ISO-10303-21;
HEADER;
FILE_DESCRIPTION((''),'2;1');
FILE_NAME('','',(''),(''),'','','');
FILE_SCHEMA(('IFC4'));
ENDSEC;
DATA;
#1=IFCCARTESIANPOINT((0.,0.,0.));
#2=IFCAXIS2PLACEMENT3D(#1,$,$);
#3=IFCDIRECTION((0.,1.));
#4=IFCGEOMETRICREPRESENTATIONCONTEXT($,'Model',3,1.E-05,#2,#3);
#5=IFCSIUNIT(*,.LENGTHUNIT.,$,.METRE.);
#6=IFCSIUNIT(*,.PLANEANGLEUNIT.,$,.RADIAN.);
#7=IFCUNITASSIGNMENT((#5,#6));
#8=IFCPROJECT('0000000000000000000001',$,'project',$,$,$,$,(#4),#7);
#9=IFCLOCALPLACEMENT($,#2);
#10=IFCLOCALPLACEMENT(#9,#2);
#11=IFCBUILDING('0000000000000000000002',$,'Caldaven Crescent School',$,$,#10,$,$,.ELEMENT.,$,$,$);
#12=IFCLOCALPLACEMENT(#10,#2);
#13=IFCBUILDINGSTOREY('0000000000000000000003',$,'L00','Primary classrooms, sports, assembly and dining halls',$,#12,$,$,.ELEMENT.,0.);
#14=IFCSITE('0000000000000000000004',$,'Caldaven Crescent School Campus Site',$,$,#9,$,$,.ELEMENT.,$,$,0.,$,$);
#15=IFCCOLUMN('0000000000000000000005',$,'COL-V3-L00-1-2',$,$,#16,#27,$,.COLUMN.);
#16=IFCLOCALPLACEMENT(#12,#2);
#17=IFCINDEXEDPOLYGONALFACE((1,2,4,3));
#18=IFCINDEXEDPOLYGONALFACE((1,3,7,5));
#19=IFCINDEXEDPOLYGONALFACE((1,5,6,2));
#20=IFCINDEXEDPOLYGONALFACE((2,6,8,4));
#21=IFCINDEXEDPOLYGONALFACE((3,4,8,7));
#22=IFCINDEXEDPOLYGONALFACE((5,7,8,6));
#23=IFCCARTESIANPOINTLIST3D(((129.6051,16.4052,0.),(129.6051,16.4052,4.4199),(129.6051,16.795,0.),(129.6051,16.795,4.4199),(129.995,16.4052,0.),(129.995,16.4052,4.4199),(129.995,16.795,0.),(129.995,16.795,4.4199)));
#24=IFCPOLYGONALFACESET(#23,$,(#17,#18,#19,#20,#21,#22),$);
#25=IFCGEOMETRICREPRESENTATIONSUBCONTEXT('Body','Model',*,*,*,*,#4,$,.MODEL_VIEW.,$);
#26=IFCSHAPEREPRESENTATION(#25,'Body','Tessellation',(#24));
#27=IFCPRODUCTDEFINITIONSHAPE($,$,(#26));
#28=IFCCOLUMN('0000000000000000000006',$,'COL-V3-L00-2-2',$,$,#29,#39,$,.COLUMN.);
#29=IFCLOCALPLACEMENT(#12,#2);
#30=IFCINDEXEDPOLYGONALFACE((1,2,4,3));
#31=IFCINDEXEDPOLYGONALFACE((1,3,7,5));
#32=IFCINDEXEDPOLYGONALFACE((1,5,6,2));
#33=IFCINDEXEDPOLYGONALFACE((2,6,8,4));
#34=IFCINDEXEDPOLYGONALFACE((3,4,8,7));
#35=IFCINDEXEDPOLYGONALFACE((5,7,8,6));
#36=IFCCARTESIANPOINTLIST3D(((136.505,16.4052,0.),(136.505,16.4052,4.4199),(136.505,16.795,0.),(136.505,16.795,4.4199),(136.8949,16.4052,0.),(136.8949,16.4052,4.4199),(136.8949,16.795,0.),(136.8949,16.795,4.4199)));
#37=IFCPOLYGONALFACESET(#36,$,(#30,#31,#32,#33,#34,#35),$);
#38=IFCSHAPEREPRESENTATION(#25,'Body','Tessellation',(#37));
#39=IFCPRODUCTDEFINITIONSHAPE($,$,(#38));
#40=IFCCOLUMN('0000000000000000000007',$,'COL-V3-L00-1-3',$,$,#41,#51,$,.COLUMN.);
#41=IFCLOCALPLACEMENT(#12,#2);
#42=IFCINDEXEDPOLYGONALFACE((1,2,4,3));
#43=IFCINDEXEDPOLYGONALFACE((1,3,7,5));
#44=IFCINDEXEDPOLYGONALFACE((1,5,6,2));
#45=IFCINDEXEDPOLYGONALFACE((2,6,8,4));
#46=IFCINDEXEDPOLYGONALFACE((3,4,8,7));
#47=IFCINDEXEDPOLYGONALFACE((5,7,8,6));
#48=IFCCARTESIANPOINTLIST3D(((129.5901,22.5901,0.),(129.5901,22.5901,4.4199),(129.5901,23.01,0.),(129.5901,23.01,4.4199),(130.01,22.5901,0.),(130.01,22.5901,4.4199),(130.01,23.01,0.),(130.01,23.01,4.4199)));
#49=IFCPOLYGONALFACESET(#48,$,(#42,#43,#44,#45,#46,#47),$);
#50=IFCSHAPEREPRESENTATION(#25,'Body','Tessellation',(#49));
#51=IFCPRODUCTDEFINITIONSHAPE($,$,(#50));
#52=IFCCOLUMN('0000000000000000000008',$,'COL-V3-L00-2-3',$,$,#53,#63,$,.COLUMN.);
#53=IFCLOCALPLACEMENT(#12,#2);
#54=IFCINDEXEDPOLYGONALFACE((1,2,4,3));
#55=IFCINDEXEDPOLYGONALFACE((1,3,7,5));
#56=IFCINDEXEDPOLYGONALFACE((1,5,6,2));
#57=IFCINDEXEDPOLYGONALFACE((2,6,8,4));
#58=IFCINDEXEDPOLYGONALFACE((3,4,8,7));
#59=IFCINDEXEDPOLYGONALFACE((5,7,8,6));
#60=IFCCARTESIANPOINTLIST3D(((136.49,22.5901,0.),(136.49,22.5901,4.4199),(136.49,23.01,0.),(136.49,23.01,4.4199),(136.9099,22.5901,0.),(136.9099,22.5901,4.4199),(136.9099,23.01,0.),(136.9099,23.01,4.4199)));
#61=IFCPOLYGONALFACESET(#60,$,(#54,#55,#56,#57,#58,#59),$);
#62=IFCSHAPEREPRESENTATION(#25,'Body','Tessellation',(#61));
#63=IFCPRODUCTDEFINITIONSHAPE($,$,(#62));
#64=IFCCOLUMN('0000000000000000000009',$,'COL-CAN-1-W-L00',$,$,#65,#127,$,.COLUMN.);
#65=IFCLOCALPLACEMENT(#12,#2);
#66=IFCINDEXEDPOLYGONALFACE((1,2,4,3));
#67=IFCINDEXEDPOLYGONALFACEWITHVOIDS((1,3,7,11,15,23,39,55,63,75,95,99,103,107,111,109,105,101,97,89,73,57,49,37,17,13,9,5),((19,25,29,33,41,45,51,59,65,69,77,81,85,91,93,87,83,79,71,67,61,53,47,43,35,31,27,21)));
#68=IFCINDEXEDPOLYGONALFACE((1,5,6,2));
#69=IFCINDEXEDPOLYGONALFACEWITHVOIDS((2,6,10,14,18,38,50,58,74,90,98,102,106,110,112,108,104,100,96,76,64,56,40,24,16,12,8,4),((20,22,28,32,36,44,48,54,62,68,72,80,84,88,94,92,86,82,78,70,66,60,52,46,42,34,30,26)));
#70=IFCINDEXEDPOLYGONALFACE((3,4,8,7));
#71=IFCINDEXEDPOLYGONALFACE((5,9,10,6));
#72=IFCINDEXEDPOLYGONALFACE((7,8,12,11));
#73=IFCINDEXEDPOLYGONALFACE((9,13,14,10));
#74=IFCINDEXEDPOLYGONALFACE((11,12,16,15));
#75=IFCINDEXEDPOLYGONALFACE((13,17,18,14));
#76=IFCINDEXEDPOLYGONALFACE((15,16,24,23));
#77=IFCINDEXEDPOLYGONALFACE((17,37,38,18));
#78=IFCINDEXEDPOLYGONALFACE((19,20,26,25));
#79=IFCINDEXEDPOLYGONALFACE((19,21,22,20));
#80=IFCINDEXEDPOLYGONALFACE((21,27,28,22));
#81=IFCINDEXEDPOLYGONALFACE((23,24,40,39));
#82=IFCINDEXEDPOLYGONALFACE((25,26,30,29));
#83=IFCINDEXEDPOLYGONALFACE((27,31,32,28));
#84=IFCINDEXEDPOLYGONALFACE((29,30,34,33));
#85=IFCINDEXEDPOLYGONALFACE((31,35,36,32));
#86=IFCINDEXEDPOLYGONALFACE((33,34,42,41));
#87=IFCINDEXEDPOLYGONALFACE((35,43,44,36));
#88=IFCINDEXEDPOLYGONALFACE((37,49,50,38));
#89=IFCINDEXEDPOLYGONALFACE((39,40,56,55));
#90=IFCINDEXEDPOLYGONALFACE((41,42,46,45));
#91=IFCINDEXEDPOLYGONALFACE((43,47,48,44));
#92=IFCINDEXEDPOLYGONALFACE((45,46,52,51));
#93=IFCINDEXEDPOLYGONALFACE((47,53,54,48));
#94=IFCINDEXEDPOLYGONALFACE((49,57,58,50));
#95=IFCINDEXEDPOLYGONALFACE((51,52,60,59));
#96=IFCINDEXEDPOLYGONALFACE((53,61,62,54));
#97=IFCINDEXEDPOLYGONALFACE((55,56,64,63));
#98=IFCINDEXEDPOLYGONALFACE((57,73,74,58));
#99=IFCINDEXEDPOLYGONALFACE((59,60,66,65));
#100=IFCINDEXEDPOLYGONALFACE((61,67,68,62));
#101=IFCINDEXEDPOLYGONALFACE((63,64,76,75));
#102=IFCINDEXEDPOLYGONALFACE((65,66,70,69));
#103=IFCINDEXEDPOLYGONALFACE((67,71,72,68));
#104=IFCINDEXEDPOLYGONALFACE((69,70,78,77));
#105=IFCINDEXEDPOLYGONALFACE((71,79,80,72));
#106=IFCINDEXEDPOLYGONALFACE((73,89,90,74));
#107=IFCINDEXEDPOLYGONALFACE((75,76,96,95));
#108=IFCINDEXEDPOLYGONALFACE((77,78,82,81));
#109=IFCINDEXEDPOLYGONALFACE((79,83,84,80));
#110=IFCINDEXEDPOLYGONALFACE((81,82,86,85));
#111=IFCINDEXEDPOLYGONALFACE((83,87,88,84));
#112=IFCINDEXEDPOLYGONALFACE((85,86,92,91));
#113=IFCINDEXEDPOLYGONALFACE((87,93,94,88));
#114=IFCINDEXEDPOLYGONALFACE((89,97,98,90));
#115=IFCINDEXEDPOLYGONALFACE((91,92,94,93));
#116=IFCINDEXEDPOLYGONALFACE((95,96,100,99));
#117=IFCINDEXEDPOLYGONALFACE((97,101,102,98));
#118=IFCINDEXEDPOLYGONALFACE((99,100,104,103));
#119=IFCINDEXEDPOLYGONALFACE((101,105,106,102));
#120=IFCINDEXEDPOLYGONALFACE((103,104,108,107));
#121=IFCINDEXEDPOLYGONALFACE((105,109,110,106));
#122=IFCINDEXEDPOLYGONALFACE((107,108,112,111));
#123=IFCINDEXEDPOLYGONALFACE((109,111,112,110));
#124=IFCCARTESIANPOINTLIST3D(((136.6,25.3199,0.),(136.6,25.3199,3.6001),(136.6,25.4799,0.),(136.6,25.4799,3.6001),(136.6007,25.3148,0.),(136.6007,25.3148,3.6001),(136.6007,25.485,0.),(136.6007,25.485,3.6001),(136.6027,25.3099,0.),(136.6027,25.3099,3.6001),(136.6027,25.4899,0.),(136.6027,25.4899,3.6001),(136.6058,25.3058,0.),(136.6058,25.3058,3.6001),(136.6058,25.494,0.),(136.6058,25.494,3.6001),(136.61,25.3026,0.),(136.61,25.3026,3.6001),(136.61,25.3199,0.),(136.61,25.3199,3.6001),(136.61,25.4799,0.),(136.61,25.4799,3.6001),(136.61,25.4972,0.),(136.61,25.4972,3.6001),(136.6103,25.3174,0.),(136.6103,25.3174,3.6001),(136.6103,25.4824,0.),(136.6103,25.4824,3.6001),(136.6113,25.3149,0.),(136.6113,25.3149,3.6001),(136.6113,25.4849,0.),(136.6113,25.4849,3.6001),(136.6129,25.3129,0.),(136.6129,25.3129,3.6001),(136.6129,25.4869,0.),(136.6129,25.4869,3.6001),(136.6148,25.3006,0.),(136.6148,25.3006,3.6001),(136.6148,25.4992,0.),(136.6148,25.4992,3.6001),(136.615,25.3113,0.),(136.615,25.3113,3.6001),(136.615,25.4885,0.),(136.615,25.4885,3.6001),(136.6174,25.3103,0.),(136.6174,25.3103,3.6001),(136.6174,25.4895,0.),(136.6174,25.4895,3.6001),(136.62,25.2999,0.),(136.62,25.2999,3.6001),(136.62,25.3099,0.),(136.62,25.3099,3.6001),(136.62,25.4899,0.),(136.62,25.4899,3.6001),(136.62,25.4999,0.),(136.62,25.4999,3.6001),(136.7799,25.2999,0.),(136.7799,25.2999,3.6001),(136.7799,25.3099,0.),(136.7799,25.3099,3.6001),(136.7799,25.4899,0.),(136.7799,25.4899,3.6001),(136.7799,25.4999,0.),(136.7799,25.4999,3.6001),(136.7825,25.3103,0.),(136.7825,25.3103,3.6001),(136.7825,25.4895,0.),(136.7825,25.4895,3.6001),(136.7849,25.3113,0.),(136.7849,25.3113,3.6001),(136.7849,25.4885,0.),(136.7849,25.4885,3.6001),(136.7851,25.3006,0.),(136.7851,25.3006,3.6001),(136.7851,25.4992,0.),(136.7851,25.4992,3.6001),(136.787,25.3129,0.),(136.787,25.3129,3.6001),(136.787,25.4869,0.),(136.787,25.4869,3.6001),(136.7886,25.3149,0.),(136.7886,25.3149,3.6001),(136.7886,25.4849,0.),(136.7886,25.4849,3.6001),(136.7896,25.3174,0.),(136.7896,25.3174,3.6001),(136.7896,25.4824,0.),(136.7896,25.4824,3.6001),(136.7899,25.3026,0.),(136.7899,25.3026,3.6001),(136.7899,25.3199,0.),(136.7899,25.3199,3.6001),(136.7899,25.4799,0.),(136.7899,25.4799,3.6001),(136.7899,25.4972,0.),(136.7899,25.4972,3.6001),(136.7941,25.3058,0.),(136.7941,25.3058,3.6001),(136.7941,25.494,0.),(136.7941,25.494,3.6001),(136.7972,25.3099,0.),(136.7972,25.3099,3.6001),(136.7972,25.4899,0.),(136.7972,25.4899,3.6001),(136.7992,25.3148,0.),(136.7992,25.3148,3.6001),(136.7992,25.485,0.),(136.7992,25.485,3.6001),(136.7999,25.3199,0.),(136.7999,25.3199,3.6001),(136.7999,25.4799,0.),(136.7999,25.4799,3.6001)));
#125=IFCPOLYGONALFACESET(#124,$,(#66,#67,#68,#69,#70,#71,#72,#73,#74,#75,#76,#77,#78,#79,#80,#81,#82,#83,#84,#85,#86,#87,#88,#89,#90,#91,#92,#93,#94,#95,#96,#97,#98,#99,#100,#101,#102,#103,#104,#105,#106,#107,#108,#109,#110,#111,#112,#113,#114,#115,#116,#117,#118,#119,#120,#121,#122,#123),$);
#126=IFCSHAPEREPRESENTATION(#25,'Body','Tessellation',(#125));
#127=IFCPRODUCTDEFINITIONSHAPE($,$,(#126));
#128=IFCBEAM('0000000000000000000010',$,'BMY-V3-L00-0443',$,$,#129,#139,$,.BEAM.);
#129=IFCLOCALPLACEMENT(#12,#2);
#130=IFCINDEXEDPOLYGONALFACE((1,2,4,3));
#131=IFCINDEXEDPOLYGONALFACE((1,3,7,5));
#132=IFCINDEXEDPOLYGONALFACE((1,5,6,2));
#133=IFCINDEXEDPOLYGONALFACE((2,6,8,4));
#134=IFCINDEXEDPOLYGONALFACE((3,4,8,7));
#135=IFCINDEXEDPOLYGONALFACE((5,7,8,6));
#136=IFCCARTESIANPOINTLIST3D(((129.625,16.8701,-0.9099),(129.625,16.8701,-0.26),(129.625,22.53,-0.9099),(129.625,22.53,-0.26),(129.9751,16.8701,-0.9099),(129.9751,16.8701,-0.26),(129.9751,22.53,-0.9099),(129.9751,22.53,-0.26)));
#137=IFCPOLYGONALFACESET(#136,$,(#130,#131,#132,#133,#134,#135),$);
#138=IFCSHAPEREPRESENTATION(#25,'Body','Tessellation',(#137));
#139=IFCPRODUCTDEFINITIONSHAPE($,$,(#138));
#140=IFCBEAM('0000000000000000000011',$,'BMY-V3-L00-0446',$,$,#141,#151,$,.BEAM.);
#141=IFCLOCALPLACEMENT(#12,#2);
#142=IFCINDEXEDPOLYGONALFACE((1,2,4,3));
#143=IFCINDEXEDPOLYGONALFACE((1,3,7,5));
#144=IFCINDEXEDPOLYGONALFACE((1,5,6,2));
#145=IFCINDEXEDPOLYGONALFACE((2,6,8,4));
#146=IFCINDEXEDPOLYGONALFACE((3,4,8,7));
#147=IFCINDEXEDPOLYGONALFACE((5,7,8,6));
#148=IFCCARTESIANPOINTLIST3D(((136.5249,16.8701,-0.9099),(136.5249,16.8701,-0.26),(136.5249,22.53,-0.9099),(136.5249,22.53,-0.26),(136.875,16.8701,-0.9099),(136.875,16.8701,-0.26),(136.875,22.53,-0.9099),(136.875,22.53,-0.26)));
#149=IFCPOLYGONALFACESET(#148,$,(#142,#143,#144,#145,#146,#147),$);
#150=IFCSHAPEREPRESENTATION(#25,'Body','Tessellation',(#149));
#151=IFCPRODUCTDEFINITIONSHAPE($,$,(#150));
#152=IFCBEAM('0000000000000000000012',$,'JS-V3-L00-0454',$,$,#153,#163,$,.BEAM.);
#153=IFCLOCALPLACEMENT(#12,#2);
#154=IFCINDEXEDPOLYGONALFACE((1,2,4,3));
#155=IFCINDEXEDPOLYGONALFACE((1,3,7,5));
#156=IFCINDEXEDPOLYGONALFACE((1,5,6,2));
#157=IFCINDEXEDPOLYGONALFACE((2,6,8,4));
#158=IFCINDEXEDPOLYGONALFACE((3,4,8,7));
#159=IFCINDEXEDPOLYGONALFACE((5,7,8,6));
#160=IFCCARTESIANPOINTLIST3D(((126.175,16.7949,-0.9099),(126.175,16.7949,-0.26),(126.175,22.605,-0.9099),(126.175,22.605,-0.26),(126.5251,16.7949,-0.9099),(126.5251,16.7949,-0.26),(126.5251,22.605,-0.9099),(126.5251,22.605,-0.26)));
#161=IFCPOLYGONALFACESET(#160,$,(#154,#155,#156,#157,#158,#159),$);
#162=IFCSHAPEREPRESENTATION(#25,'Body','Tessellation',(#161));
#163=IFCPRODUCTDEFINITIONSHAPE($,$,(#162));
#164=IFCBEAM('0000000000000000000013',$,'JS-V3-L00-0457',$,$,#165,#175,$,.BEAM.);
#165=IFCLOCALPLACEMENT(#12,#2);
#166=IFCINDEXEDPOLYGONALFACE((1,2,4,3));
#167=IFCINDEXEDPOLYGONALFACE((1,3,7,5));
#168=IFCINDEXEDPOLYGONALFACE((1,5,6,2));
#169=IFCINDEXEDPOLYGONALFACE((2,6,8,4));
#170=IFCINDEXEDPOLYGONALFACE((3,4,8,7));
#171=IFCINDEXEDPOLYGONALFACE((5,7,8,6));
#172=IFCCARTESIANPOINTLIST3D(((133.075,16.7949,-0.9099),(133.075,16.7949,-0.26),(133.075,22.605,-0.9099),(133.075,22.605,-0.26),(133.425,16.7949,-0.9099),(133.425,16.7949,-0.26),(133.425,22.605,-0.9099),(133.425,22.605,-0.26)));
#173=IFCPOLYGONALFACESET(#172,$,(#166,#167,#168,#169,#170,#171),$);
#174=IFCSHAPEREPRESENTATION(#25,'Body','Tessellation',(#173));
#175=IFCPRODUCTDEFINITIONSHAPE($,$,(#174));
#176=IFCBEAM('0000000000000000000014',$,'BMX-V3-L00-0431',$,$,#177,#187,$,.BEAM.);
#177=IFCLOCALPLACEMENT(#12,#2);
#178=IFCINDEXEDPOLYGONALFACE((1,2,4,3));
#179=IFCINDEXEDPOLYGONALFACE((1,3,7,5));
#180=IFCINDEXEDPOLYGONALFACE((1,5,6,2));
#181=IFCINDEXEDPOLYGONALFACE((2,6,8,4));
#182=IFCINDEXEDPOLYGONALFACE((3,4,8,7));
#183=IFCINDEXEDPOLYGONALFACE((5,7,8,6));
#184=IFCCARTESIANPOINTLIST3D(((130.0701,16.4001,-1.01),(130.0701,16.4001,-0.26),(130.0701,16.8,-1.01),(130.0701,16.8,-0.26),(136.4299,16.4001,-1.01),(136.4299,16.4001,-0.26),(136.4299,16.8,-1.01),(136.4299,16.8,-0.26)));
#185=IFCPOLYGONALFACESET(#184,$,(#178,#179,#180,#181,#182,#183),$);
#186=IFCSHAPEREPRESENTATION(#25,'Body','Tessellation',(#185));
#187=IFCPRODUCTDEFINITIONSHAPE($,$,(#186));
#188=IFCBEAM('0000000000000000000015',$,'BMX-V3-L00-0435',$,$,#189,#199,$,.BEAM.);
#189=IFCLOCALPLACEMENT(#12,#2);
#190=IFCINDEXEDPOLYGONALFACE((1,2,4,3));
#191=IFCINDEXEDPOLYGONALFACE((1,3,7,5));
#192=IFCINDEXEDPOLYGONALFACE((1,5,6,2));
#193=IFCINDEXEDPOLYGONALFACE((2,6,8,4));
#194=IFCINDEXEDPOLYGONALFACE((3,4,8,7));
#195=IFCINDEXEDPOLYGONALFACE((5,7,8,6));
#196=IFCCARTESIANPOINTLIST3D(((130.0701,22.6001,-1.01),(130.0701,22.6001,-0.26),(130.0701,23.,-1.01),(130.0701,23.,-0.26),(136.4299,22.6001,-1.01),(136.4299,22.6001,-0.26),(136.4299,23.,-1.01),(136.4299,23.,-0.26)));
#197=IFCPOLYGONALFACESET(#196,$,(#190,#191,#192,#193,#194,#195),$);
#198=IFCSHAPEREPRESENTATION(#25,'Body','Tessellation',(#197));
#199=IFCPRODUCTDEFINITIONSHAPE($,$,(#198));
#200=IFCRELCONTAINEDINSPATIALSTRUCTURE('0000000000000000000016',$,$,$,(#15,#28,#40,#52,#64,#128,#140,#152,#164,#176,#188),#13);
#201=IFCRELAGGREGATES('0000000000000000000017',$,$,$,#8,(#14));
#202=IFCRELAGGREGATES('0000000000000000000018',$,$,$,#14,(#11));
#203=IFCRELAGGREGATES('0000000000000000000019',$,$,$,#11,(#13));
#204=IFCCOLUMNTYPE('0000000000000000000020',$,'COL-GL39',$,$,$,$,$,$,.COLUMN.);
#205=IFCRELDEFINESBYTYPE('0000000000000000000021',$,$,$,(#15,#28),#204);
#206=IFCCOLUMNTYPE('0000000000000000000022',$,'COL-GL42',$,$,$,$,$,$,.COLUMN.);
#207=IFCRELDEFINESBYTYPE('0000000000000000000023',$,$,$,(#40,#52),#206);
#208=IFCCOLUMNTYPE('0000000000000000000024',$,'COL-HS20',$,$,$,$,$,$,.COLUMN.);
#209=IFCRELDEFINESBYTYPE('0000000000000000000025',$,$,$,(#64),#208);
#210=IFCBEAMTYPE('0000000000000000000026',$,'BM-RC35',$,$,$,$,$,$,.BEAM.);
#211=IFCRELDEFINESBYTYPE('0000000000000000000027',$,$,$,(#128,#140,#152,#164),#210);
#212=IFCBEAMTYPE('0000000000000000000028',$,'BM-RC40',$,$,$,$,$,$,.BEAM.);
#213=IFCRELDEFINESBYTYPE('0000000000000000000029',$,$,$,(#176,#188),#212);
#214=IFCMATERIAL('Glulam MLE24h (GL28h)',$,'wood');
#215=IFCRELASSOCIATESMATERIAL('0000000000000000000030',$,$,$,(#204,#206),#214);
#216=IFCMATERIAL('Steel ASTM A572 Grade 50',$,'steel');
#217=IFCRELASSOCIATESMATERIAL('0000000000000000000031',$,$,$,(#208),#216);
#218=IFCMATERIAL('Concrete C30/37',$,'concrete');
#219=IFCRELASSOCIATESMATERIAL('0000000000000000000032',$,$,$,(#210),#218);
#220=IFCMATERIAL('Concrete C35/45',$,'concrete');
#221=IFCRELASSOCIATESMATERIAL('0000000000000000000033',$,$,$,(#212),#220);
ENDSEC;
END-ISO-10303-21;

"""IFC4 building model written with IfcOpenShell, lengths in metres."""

from ifc_helpers import new_model, si_unit, direction, frame, origin, origin_2d, place, context, subcontext, project, spatial, rectangle, hollow_rectangle, extrude, material, material_profile, profile_set, type_object, element, save


model = new_model("IFC4")

# Units and contexts
model_context = context("Model", 3, precision=1e-05, world=origin(), true_north=direction((0.0, 1.0)))
body_context = subcontext(model_context, "Body", "Model", "MODEL_VIEW")
ifc_project = project(units=[si_unit("LENGTHUNIT", "METRE"), si_unit("PLANEANGLEUNIT", "RADIAN")], contexts=[model_context])

# Site, building, storey
site_placement = place(None, origin())
site = spatial("IfcSite", under=ifc_project, at=site_placement, Name="Caldaven Crescent School Campus Site", CompositionType="ELEMENT", RefElevation=0.0)
building_placement = place(site_placement, origin())
building = spatial("IfcBuilding", under=site, at=building_placement, Name="Caldaven Crescent School", CompositionType="ELEMENT")
storey_placement = place(building_placement, origin())
storey = spatial("IfcBuildingStorey", under=building, at=storey_placement, Name="L00", Description="Primary classrooms, sports, assembly and dining halls", CompositionType="ELEMENT", Elevation=0.0)

# Columns
ifc_material_1 = material(Name="Glulam MLE24h (GL28h)", Category="wood")
ifc_material_profile_1 = material_profile(ifc_material_1, rectangle(XDim=0.3899, YDim=0.3899, at=origin_2d()), Name="MLE 390x390")
ifc_profile_set_1 = profile_set([ifc_material_profile_1], Name="Glulam MLE24h (GL28h)")
column_type_1 = type_object("IfcColumnType", Name="COL-GL39", PredefinedType="COLUMN", material=ifc_profile_set_1)
for number, where, z_axis, x_axis, name in (
    (1, (129.8, 16.6001, 0.0), (0.0, 0.0, 1.0), (1.0, 0.0, 0.0), "COL-V3-L00-1-2"),
    (2, (136.7, 16.6001, 0.0), (0.0, 0.0, 1.0), (1.0, 0.0, 0.0), "COL-V3-L00-2-2"),
):
    element("IfcColumn", number, at=place(storey_placement, frame(where, z_axis=z_axis, x_axis=x_axis)), inside=storey, type_object=column_type_1, Name=name, PredefinedType="COLUMN", context=body_context, shape_type="SweptSolid", body=[
        extrude(rectangle(XDim=0.3899, YDim=0.3899, at=origin_2d()), origin(), (0.0, 0.0, 1.0), 4.4199),
    ])
ifc_material_profile_2 = material_profile(ifc_material_1, rectangle(XDim=0.4199, YDim=0.4199, at=origin_2d()), Name="MLE 420x420")
ifc_profile_set_2 = profile_set([ifc_material_profile_2], Name="Glulam MLE24h (GL28h)")
column_type_2 = type_object("IfcColumnType", Name="COL-GL42", PredefinedType="COLUMN", material=ifc_profile_set_2)
for number, where, z_axis, x_axis, name in (
    (3, (129.8, 22.8, 0.0), (0.0, 0.0, 1.0), (1.0, 0.0, 0.0), "COL-V3-L00-1-3"),
    (4, (136.7, 22.8, 0.0), (0.0, 0.0, 1.0), (1.0, 0.0, 0.0), "COL-V3-L00-2-3"),
):
    element("IfcColumn", number, at=place(storey_placement, frame(where, z_axis=z_axis, x_axis=x_axis)), inside=storey, type_object=column_type_2, Name=name, PredefinedType="COLUMN", context=body_context, shape_type="SweptSolid", body=[
        extrude(rectangle(XDim=0.4199, YDim=0.4199, at=origin_2d()), origin(), (0.0, 0.0, 1.0), 4.4199),
    ])
ifc_material_2 = material(Name="Steel ASTM A572 Grade 50", Category="steel")
ifc_material_profile_3 = material_profile(ifc_material_2, hollow_rectangle(XDim=0.2, YDim=0.2, WallThickness=0.01, InnerFilletRadius=0.01, OuterFilletRadius=0.02, at=origin_2d()), Name="HSS 200x200x10")
ifc_profile_set_3 = profile_set([ifc_material_profile_3], Name="Steel ASTM A572 Grade 50")
column_type_3 = type_object("IfcColumnType", Name="COL-HS20", PredefinedType="COLUMN", material=ifc_profile_set_3)
column_placement = place(storey_placement, frame((136.7, 25.3999, 0.0), z_axis=(0.0, 0.0, 1.0), x_axis=(1.0, 0.0, 0.0)))
element("IfcColumn", 5, at=column_placement, inside=storey, type_object=column_type_3, Name="COL-CAN-1-W-L00", PredefinedType="COLUMN", context=body_context, shape_type="SweptSolid", body=[
    extrude(hollow_rectangle(XDim=0.2, YDim=0.2, WallThickness=0.01, InnerFilletRadius=0.01, OuterFilletRadius=0.02, at=origin_2d()), origin(), (0.0, 0.0, 1.0), 3.6001),
])

# Beams
ifc_material_3 = material(Name="Concrete C30/37", Category="concrete")
ifc_material_profile_4 = material_profile(ifc_material_3, rectangle(XDim=0.3501, YDim=0.6499, at=origin_2d()), Name="RC 350x650")
ifc_profile_set_4 = profile_set([ifc_material_profile_4], Name="Concrete C30/37")
beam_type_1 = type_object("IfcBeamType", Name="BM-RC35", PredefinedType="BEAM", material=ifc_profile_set_4)
for number, where, z_axis, x_axis, name in (
    (6, (129.8, 16.8701, -0.585), (0.0, 1.0, 0.0), (-1.0, 0.0, 0.0), "BMY-V3-L00-0443"),
    (7, (136.7, 16.8701, -0.585), (0.0, 1.0, 0.0), (-1.0, 0.0, 0.0), "BMY-V3-L00-0446"),
):
    element("IfcBeam", number, at=place(storey_placement, frame(where, z_axis=z_axis, x_axis=x_axis)), inside=storey, type_object=beam_type_1, Name=name, PredefinedType="BEAM", context=body_context, shape_type="SweptSolid", body=[
        extrude(rectangle(XDim=0.3501, YDim=0.6499, at=origin_2d()), origin(), (0.0, 0.0, 1.0), 5.6599),
    ])
for number, where, z_axis, x_axis, name in (
    (8, (126.3501, 16.7949, -0.585), (0.0, 1.0, 0.0), (-1.0, 0.0, 0.0), "JS-V3-L00-0454"),
    (9, (133.25, 16.7949, -0.585), (0.0, 1.0, 0.0), (-1.0, 0.0, 0.0), "JS-V3-L00-0457"),
):
    element("IfcBeam", number, at=place(storey_placement, frame(where, z_axis=z_axis, x_axis=x_axis)), inside=storey, type_object=beam_type_1, Name=name, PredefinedType="BEAM", context=body_context, shape_type="SweptSolid", body=[
        extrude(rectangle(XDim=0.3501, YDim=0.6499, at=origin_2d()), origin(), (0.0, 0.0, 1.0), 5.8101),
    ])
ifc_material_4 = material(Name="Concrete C35/45", Category="concrete")
ifc_material_profile_5 = material_profile(ifc_material_4, rectangle(XDim=0.3999, YDim=0.75, at=origin_2d()), Name="RC 400x750")
ifc_profile_set_5 = profile_set([ifc_material_profile_5], Name="Concrete C35/45")
beam_type_2 = type_object("IfcBeamType", Name="BM-RC40", PredefinedType="BEAM", material=ifc_profile_set_5)
for number, where, z_axis, x_axis, name in (
    (10, (130.0701, 16.6001, -0.635), (1.0, 0.0, 0.0), (0.0, 1.0, 0.0), "BMX-V3-L00-0431"),
    (11, (130.0701, 22.8, -0.635), (1.0, 0.0, 0.0), (0.0, 1.0, 0.0), "BMX-V3-L00-0435"),
):
    element("IfcBeam", number, at=place(storey_placement, frame(where, z_axis=z_axis, x_axis=x_axis)), inside=storey, type_object=beam_type_2, Name=name, PredefinedType="BEAM", context=body_context, shape_type="SweptSolid", body=[
        extrude(rectangle(XDim=0.3999, YDim=0.75, at=origin_2d()), origin(), (0.0, 0.0, 1.0), 6.3599),
    ])

save(model, "model.ifc")
